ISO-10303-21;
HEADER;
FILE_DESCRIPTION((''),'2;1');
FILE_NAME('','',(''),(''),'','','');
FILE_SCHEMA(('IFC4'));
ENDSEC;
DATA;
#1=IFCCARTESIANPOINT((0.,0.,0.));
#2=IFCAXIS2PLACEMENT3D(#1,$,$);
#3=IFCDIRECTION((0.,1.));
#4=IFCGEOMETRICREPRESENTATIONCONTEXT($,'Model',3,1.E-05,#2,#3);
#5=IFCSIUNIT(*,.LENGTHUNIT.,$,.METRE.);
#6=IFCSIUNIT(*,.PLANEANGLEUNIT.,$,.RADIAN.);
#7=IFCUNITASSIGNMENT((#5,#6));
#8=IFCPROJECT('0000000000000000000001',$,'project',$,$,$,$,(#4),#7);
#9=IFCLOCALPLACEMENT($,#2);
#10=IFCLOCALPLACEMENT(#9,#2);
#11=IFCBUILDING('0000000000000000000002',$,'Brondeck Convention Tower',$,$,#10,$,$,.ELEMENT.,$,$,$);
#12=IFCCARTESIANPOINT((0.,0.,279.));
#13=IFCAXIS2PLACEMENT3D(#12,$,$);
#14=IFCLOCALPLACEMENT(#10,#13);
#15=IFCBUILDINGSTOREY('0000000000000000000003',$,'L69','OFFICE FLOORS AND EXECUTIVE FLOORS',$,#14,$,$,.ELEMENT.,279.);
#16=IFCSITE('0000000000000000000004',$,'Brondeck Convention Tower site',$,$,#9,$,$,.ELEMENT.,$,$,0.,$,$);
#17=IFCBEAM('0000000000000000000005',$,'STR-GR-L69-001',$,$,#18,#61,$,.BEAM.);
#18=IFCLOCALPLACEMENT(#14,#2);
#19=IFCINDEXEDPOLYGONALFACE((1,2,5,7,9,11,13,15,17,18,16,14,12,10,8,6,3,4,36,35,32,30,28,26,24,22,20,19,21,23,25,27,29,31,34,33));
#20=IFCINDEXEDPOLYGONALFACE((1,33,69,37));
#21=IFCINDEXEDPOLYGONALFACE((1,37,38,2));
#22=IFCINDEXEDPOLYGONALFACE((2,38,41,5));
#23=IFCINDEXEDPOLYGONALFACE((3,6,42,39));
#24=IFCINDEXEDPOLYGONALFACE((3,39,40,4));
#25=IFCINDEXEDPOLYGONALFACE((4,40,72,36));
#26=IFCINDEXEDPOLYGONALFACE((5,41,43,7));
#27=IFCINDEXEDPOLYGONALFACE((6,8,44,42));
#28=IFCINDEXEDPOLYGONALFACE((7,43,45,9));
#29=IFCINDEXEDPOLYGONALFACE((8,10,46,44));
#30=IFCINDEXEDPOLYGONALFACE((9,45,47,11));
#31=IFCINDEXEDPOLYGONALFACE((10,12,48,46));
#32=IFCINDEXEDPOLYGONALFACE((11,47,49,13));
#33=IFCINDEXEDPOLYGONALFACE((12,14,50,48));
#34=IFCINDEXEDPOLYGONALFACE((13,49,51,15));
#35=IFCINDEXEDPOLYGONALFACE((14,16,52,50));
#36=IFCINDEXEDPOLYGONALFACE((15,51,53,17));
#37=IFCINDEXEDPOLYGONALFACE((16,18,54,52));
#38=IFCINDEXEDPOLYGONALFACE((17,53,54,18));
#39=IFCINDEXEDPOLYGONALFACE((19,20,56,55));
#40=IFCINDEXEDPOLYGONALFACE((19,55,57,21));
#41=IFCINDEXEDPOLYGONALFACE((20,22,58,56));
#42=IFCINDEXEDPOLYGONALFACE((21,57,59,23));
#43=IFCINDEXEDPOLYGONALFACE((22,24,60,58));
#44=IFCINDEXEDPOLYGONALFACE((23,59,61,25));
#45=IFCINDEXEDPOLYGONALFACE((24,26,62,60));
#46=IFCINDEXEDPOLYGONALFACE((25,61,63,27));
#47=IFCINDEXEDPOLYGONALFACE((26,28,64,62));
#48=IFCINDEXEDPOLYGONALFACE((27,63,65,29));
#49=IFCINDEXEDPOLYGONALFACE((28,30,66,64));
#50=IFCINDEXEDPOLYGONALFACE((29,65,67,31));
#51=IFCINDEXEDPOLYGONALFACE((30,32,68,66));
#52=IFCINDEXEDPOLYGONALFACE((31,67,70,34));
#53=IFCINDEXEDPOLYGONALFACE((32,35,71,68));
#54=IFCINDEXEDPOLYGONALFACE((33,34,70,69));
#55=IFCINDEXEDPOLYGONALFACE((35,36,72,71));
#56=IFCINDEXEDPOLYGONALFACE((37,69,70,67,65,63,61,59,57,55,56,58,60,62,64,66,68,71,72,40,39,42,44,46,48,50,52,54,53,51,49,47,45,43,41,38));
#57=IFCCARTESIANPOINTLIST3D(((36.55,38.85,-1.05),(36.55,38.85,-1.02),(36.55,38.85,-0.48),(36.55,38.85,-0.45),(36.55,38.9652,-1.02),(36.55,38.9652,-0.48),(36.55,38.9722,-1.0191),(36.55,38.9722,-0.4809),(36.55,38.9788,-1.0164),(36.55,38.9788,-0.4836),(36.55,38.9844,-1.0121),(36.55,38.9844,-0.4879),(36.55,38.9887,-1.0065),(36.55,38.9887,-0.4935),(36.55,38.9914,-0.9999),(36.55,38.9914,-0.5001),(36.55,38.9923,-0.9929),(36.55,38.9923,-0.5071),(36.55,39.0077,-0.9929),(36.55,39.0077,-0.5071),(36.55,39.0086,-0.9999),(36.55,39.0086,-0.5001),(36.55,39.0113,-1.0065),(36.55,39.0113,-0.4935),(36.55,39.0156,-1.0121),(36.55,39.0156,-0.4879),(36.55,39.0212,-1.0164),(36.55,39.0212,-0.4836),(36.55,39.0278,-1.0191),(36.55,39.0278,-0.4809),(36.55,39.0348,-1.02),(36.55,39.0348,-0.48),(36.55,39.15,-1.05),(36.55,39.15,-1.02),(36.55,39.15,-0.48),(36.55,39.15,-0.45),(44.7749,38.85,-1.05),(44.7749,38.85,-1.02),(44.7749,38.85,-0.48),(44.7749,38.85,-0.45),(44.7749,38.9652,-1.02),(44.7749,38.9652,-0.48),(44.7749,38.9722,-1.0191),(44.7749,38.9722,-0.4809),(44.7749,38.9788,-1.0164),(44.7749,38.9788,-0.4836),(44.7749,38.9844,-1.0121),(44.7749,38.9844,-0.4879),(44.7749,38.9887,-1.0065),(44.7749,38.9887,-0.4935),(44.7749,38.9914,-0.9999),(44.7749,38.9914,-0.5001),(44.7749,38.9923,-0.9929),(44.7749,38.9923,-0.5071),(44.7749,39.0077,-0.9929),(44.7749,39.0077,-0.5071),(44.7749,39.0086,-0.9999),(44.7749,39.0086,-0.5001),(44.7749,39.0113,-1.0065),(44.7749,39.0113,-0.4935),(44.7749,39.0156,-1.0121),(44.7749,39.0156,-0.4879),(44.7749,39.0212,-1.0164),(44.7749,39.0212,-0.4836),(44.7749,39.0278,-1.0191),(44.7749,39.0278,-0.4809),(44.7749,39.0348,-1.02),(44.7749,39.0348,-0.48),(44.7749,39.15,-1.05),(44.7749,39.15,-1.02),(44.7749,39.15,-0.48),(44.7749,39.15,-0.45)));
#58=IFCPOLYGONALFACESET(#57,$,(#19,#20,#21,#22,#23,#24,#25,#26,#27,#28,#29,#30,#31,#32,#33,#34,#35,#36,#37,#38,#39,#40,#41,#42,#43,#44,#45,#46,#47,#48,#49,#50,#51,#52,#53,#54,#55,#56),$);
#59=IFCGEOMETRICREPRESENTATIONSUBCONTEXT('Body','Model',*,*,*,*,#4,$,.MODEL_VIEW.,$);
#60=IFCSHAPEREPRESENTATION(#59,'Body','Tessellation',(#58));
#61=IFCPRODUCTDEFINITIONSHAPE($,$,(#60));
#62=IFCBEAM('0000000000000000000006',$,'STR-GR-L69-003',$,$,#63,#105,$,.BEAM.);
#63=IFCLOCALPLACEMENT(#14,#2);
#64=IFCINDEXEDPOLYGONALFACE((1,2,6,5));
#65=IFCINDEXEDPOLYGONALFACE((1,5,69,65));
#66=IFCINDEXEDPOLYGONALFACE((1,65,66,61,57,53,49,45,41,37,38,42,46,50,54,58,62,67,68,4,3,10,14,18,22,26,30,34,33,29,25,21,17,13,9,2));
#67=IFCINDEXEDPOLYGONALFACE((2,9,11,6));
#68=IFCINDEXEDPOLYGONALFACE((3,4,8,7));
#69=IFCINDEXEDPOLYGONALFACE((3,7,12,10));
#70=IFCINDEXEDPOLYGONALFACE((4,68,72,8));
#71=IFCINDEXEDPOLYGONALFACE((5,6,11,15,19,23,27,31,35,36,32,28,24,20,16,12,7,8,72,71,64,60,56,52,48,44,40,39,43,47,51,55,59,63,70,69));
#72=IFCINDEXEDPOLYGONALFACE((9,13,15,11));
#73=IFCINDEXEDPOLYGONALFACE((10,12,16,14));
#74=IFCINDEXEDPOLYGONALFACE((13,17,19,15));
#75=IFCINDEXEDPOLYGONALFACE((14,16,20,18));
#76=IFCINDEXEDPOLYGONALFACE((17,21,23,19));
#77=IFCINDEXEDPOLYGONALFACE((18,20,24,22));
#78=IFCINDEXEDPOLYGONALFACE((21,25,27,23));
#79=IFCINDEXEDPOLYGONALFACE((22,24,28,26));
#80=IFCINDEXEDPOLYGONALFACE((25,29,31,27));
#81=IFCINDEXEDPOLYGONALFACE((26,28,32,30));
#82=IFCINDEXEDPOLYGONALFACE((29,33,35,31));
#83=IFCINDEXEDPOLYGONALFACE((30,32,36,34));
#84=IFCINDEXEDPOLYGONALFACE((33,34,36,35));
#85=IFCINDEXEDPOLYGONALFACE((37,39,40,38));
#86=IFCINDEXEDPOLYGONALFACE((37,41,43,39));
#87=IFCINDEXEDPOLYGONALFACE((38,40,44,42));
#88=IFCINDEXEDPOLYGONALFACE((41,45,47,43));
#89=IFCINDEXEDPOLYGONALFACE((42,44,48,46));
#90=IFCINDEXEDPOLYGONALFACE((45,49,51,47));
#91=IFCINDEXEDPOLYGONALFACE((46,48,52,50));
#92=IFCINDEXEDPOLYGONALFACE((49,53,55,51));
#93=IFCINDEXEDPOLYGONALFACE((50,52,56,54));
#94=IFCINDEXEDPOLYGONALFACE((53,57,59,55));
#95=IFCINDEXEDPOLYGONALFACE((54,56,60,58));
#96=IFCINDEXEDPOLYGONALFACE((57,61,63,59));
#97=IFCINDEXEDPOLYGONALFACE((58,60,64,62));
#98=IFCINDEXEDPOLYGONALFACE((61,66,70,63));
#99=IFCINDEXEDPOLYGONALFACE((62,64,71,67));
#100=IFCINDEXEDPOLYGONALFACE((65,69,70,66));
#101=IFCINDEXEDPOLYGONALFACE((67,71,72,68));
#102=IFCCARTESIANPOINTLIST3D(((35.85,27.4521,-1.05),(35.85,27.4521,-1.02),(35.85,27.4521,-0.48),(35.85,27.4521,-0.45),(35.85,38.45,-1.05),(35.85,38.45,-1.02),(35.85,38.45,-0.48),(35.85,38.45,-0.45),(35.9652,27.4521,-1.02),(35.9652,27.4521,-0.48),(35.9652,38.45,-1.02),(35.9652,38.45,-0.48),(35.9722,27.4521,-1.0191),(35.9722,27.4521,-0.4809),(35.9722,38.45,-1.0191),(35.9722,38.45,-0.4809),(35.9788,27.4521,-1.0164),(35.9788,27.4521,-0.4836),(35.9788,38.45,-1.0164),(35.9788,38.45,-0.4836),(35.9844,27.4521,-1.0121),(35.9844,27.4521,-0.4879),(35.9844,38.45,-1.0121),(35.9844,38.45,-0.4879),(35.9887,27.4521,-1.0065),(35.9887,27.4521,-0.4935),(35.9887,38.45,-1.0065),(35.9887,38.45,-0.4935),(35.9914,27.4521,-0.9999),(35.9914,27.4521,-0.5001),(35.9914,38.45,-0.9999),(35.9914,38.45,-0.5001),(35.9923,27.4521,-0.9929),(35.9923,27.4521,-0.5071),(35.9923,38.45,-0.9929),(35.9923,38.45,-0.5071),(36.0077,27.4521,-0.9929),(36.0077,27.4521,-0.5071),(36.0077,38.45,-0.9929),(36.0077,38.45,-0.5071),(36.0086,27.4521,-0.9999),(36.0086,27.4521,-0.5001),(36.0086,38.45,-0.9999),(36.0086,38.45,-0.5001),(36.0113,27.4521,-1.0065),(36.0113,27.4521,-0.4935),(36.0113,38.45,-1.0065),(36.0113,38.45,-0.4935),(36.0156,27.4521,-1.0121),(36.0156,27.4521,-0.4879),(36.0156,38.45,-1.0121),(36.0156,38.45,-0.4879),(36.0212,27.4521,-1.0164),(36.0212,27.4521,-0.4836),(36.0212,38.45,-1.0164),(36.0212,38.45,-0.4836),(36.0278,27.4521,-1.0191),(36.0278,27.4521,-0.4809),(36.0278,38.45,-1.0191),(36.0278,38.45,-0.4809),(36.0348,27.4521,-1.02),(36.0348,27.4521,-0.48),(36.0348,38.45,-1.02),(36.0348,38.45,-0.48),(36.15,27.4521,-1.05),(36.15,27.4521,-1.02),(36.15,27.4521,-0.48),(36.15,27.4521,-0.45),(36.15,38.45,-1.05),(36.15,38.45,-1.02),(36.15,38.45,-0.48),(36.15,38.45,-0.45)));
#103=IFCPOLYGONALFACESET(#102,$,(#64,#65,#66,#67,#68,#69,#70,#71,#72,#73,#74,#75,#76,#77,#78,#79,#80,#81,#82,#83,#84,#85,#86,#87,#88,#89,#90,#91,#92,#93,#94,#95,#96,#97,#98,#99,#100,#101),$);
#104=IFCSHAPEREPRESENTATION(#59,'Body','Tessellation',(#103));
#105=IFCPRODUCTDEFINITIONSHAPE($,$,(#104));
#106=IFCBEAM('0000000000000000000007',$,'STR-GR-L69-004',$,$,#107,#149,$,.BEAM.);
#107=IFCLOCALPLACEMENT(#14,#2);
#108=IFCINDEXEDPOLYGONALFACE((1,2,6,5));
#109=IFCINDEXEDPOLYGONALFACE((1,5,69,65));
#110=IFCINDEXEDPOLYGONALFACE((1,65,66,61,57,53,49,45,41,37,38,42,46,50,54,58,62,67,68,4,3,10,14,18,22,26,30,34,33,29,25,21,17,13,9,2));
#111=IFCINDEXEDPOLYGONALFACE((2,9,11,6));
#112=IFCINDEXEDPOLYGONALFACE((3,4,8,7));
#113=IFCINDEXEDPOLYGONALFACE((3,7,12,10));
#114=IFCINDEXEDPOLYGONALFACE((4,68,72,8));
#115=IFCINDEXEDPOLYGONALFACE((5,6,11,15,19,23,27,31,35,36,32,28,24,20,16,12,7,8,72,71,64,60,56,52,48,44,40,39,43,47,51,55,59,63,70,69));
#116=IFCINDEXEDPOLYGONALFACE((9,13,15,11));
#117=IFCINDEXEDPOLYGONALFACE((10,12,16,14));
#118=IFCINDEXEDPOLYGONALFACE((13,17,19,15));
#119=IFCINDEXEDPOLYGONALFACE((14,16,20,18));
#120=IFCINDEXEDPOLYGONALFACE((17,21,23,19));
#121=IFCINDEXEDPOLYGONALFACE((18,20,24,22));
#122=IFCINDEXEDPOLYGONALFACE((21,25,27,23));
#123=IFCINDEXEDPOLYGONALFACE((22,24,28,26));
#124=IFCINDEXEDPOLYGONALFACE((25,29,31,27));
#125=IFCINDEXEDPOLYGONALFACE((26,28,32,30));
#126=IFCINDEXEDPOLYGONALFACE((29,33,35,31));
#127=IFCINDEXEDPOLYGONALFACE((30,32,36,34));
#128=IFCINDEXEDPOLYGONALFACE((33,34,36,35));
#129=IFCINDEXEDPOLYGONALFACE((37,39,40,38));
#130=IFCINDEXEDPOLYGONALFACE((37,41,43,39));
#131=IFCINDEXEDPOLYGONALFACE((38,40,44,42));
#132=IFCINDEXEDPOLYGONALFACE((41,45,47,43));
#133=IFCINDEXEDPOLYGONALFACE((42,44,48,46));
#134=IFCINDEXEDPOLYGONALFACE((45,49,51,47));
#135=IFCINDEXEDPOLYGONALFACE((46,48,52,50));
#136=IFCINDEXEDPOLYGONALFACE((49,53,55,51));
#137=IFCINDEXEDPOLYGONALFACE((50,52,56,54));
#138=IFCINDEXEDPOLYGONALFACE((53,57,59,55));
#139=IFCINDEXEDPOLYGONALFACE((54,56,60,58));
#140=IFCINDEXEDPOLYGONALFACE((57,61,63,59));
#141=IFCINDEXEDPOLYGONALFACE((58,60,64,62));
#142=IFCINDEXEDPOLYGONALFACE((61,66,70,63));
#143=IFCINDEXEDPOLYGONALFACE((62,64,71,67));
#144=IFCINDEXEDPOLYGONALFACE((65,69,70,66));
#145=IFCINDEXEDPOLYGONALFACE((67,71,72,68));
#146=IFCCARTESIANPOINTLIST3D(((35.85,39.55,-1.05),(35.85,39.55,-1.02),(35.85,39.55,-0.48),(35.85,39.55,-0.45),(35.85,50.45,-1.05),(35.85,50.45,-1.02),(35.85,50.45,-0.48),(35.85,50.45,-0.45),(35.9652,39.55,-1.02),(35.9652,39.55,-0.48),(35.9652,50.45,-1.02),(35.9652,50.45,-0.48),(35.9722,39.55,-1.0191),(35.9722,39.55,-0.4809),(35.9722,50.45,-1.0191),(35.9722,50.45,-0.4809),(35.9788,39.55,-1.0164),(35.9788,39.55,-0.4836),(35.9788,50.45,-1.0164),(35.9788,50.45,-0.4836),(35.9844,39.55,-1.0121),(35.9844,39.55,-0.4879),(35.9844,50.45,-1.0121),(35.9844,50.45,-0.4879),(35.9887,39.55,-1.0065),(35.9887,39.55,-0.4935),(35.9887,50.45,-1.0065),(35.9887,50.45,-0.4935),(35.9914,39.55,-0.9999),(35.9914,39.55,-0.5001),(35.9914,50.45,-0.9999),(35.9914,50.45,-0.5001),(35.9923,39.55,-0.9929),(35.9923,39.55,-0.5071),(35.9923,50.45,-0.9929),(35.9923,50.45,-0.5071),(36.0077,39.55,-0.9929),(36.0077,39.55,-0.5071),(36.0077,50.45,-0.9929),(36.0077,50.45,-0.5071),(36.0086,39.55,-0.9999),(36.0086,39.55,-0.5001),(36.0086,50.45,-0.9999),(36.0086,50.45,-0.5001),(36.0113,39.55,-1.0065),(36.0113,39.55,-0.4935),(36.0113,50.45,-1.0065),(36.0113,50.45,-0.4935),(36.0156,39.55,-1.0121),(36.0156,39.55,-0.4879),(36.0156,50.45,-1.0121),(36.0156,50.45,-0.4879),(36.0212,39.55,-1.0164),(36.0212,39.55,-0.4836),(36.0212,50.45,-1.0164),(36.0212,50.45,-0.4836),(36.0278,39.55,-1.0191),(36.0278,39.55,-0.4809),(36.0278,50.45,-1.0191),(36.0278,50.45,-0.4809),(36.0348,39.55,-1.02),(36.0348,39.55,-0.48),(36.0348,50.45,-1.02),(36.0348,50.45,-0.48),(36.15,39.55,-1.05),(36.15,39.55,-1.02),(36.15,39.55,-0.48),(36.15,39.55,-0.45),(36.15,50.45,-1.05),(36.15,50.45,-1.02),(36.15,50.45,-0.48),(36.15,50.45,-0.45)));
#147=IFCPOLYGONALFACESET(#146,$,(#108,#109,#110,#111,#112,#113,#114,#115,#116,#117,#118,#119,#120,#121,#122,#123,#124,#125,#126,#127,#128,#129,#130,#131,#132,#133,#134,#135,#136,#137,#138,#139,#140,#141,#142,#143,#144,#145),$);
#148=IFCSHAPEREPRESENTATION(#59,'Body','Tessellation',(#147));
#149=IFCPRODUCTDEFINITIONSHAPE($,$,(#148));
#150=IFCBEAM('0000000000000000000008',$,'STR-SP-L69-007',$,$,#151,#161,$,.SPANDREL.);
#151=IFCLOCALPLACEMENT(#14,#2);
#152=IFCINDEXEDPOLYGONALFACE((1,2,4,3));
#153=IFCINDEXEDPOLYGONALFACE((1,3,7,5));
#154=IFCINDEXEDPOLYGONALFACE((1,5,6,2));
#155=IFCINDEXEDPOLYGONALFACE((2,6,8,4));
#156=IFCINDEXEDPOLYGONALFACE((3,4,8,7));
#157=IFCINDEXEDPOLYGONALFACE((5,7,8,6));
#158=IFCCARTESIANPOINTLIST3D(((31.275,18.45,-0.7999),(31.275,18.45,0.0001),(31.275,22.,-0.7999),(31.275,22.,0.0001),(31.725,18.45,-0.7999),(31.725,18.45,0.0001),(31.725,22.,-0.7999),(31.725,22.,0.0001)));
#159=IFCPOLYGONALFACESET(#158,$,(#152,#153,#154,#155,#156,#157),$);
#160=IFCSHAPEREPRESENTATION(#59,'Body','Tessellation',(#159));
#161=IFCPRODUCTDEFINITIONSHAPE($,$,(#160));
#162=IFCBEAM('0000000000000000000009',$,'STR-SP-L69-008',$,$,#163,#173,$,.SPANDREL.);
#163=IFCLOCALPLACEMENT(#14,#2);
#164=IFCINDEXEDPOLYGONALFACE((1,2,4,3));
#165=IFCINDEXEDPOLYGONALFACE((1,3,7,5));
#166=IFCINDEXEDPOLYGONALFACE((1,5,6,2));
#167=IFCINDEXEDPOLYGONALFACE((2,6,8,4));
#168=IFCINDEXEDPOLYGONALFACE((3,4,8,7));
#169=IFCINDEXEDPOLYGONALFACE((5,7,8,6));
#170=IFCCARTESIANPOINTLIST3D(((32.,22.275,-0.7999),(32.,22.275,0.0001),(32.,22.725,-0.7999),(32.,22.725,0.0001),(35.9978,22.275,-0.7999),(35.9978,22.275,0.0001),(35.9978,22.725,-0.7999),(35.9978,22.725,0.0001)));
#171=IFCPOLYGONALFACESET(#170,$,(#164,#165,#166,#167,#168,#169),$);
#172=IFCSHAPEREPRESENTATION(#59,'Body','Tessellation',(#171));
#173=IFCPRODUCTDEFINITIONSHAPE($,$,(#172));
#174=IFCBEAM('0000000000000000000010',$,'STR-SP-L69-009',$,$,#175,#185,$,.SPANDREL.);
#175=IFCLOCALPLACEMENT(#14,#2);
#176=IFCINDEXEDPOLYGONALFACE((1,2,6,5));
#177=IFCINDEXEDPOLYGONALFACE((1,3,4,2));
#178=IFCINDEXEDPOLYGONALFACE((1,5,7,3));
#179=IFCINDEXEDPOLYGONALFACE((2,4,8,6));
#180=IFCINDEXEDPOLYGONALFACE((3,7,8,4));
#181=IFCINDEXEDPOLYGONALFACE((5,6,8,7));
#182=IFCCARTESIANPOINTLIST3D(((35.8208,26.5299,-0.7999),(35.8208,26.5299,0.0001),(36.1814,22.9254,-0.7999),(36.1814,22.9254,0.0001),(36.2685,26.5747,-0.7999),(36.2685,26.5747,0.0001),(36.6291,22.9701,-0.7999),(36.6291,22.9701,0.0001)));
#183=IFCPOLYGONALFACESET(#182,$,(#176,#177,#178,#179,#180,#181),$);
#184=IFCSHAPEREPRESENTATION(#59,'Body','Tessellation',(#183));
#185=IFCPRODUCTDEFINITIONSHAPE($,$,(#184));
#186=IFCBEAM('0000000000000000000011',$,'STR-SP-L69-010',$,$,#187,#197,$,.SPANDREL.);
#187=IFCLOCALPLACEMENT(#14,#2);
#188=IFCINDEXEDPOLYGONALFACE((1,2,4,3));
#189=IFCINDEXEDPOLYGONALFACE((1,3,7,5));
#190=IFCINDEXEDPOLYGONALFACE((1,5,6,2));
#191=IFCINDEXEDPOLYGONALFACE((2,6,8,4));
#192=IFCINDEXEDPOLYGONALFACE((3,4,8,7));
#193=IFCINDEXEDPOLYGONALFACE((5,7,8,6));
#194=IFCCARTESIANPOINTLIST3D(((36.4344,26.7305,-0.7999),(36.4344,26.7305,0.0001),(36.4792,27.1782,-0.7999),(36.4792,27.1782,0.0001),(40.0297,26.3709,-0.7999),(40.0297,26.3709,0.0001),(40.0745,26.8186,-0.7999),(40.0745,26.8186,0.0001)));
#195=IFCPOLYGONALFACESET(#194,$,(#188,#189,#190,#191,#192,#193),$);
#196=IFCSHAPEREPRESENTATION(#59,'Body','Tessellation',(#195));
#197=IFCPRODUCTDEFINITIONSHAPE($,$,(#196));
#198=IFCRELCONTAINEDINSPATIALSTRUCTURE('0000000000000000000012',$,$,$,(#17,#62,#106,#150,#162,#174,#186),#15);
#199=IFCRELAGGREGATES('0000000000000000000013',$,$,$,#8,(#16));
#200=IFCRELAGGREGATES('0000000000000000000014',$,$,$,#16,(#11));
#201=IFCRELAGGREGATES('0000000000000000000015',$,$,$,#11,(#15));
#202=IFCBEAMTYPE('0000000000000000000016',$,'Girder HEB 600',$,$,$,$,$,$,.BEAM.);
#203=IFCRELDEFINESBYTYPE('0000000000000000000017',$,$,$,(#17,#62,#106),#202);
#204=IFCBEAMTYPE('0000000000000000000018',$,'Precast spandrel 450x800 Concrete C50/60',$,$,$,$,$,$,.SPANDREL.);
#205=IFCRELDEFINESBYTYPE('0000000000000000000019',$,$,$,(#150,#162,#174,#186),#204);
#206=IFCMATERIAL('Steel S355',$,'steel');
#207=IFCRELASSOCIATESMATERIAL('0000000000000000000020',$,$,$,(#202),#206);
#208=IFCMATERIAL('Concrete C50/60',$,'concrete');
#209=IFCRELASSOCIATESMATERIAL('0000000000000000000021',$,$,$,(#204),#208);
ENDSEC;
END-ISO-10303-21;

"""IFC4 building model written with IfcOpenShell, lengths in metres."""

from ifc_helpers import new_model, si_unit, direction, frame, origin, origin_2d, place, context, subcontext, project, spatial, rectangle, i_section, extrude, material, material_profile, profile_set, type_object, element, save


model = new_model("IFC4")

# Units and contexts
model_context = context("Model", 3, precision=1e-05, world=origin(), true_north=direction((0.0, 1.0)))
body_context = subcontext(model_context, "Body", "Model", "MODEL_VIEW")
ifc_project = project(units=[si_unit("LENGTHUNIT", "METRE"), si_unit("PLANEANGLEUNIT", "RADIAN")], contexts=[model_context])

# Site, building, storey
site_placement = place(None, origin())
site = spatial("IfcSite", under=ifc_project, at=site_placement, Name="Brondeck Convention Tower site", CompositionType="ELEMENT", RefElevation=0.0)
building_placement = place(site_placement, origin())
building = spatial("IfcBuilding", under=site, at=building_placement, Name="Brondeck Convention Tower", CompositionType="ELEMENT")
storey_placement = place(building_placement, frame((0.0, 0.0, 279.0)))
storey = spatial("IfcBuildingStorey", under=building, at=storey_placement, Name="L69", Description="OFFICE FLOORS AND EXECUTIVE FLOORS", CompositionType="ELEMENT", Elevation=279.0)

# Shared definitions
ifc_material_1 = material(Name="Concrete C50/60", Category="concrete")

# Beams
ifc_material_2 = material(Name="Steel S355", Category="steel")
ifc_material_profile_1 = material_profile(ifc_material_2, i_section(OverallWidth=0.3, OverallDepth=0.6001, WebThickness=0.0154, FlangeThickness=0.03, FilletRadius=0.0271, at=origin_2d()), Name="HEB 600")
ifc_profile_set_1 = profile_set([ifc_material_profile_1], Name="Steel S355")
beam_type_1 = type_object("IfcBeamType", Name="Girder HEB 600", PredefinedType="BEAM", material=ifc_profile_set_1)
beam_1_placement = place(storey_placement, frame((36.55, 39.0, -0.75), z_axis=(1.0, 0.0, 0.0), x_axis=(0.0, 1.0, 0.0)))
element("IfcBeam", 1, at=beam_1_placement, inside=storey, type_object=beam_type_1, Name="STR-GR-L69-001", PredefinedType="BEAM", context=body_context, shape_type="SweptSolid", body=[
    extrude(i_section(OverallWidth=0.3, OverallDepth=0.6001, WebThickness=0.0154, FlangeThickness=0.03, FilletRadius=0.0271, at=origin_2d()), origin(), (0.0, 0.0, 1.0), 8.2249),
])
beam_2_placement = place(storey_placement, frame((36.0, 27.4521, -0.75), z_axis=(0.0, 1.0, 0.0), x_axis=(-1.0, 0.0, 0.0)))
element("IfcBeam", 2, at=beam_2_placement, inside=storey, type_object=beam_type_1, Name="STR-GR-L69-003", PredefinedType="BEAM", context=body_context, shape_type="SweptSolid", body=[
    extrude(i_section(OverallWidth=0.3, OverallDepth=0.6001, WebThickness=0.0154, FlangeThickness=0.03, FilletRadius=0.0271, at=origin_2d()), origin(), (0.0, 0.0, 1.0), 10.9978),
])
beam_3_placement = place(storey_placement, frame((36.0, 39.55, -0.75), z_axis=(0.0, 1.0, 0.0), x_axis=(-1.0, 0.0, 0.0)))
element("IfcBeam", 3, at=beam_3_placement, inside=storey, type_object=beam_type_1, Name="STR-GR-L69-004", PredefinedType="BEAM", context=body_context, shape_type="SweptSolid", body=[
    extrude(i_section(OverallWidth=0.3, OverallDepth=0.6001, WebThickness=0.0154, FlangeThickness=0.03, FilletRadius=0.0271, at=origin_2d()), origin(), (0.0, 0.0, 1.0), 10.8999),
])
ifc_material_profile_2 = material_profile(ifc_material_1, rectangle(XDim=0.45, YDim=0.8, at=origin_2d()), Name="Precast spandrel 450x800 Concrete C50/60")
ifc_profile_set_2 = profile_set([ifc_material_profile_2], Name="Concrete C50/60")
beam_type_2 = type_object("IfcBeamType", Name="Precast spandrel 450x800 Concrete C50/60", PredefinedType="SPANDREL", material=ifc_profile_set_2)
beam_4_placement = place(storey_placement, frame((31.5, 18.45, -0.3999), z_axis=(0.0, 1.0, 0.0), x_axis=(-1.0, 0.0, 0.0)))
element("IfcBeam", 4, at=beam_4_placement, inside=storey, type_object=beam_type_2, Name="STR-SP-L69-007", PredefinedType="SPANDREL", context=body_context, shape_type="SweptSolid", body=[
    extrude(rectangle(XDim=0.45, YDim=0.8, at=origin_2d()), origin(), (0.0, 0.0, 1.0), 3.55),
])
beam_5_placement = place(storey_placement, frame((32.0, 22.5, -0.3999), z_axis=(1.0, 0.0, 0.0), x_axis=(0.0, 1.0, 0.0)))
element("IfcBeam", 5, at=beam_5_placement, inside=storey, type_object=beam_type_2, Name="STR-SP-L69-008", PredefinedType="SPANDREL", context=body_context, shape_type="SweptSolid", body=[
    extrude(rectangle(XDim=0.45, YDim=0.8, at=origin_2d()), origin(), (0.0, 0.0, 1.0), 3.9978),
])
beam_6_placement = place(storey_placement, frame((36.4053, 22.9478, -0.3999), z_axis=(-0.099544, 0.995033, 0.0), x_axis=(-0.995033, -0.099544, 0.0)))
element("IfcBeam", 6, at=beam_6_placement, inside=storey, type_object=beam_type_2, Name="STR-SP-L69-009", PredefinedType="SPANDREL", context=body_context, shape_type="SweptSolid", body=[
    extrude(rectangle(XDim=0.45, YDim=0.8, at=origin_2d()), origin(), (0.0, 0.0, 1.0), 3.6226),
])
beam_7_placement = place(storey_placement, frame((36.4568, 26.9543, -0.3999), z_axis=(0.995035, -0.099524, 0.0), x_axis=(0.099524, 0.995035, 0.0)))
element("IfcBeam", 7, at=beam_7_placement, inside=storey, type_object=beam_type_2, Name="STR-SP-L69-010", PredefinedType="SPANDREL", context=body_context, shape_type="SweptSolid", body=[
    extrude(rectangle(XDim=0.45, YDim=0.8, at=origin_2d()), origin(), (0.0, 0.0, 1.0), 3.6133),
])

save(model, "model.ifc")
